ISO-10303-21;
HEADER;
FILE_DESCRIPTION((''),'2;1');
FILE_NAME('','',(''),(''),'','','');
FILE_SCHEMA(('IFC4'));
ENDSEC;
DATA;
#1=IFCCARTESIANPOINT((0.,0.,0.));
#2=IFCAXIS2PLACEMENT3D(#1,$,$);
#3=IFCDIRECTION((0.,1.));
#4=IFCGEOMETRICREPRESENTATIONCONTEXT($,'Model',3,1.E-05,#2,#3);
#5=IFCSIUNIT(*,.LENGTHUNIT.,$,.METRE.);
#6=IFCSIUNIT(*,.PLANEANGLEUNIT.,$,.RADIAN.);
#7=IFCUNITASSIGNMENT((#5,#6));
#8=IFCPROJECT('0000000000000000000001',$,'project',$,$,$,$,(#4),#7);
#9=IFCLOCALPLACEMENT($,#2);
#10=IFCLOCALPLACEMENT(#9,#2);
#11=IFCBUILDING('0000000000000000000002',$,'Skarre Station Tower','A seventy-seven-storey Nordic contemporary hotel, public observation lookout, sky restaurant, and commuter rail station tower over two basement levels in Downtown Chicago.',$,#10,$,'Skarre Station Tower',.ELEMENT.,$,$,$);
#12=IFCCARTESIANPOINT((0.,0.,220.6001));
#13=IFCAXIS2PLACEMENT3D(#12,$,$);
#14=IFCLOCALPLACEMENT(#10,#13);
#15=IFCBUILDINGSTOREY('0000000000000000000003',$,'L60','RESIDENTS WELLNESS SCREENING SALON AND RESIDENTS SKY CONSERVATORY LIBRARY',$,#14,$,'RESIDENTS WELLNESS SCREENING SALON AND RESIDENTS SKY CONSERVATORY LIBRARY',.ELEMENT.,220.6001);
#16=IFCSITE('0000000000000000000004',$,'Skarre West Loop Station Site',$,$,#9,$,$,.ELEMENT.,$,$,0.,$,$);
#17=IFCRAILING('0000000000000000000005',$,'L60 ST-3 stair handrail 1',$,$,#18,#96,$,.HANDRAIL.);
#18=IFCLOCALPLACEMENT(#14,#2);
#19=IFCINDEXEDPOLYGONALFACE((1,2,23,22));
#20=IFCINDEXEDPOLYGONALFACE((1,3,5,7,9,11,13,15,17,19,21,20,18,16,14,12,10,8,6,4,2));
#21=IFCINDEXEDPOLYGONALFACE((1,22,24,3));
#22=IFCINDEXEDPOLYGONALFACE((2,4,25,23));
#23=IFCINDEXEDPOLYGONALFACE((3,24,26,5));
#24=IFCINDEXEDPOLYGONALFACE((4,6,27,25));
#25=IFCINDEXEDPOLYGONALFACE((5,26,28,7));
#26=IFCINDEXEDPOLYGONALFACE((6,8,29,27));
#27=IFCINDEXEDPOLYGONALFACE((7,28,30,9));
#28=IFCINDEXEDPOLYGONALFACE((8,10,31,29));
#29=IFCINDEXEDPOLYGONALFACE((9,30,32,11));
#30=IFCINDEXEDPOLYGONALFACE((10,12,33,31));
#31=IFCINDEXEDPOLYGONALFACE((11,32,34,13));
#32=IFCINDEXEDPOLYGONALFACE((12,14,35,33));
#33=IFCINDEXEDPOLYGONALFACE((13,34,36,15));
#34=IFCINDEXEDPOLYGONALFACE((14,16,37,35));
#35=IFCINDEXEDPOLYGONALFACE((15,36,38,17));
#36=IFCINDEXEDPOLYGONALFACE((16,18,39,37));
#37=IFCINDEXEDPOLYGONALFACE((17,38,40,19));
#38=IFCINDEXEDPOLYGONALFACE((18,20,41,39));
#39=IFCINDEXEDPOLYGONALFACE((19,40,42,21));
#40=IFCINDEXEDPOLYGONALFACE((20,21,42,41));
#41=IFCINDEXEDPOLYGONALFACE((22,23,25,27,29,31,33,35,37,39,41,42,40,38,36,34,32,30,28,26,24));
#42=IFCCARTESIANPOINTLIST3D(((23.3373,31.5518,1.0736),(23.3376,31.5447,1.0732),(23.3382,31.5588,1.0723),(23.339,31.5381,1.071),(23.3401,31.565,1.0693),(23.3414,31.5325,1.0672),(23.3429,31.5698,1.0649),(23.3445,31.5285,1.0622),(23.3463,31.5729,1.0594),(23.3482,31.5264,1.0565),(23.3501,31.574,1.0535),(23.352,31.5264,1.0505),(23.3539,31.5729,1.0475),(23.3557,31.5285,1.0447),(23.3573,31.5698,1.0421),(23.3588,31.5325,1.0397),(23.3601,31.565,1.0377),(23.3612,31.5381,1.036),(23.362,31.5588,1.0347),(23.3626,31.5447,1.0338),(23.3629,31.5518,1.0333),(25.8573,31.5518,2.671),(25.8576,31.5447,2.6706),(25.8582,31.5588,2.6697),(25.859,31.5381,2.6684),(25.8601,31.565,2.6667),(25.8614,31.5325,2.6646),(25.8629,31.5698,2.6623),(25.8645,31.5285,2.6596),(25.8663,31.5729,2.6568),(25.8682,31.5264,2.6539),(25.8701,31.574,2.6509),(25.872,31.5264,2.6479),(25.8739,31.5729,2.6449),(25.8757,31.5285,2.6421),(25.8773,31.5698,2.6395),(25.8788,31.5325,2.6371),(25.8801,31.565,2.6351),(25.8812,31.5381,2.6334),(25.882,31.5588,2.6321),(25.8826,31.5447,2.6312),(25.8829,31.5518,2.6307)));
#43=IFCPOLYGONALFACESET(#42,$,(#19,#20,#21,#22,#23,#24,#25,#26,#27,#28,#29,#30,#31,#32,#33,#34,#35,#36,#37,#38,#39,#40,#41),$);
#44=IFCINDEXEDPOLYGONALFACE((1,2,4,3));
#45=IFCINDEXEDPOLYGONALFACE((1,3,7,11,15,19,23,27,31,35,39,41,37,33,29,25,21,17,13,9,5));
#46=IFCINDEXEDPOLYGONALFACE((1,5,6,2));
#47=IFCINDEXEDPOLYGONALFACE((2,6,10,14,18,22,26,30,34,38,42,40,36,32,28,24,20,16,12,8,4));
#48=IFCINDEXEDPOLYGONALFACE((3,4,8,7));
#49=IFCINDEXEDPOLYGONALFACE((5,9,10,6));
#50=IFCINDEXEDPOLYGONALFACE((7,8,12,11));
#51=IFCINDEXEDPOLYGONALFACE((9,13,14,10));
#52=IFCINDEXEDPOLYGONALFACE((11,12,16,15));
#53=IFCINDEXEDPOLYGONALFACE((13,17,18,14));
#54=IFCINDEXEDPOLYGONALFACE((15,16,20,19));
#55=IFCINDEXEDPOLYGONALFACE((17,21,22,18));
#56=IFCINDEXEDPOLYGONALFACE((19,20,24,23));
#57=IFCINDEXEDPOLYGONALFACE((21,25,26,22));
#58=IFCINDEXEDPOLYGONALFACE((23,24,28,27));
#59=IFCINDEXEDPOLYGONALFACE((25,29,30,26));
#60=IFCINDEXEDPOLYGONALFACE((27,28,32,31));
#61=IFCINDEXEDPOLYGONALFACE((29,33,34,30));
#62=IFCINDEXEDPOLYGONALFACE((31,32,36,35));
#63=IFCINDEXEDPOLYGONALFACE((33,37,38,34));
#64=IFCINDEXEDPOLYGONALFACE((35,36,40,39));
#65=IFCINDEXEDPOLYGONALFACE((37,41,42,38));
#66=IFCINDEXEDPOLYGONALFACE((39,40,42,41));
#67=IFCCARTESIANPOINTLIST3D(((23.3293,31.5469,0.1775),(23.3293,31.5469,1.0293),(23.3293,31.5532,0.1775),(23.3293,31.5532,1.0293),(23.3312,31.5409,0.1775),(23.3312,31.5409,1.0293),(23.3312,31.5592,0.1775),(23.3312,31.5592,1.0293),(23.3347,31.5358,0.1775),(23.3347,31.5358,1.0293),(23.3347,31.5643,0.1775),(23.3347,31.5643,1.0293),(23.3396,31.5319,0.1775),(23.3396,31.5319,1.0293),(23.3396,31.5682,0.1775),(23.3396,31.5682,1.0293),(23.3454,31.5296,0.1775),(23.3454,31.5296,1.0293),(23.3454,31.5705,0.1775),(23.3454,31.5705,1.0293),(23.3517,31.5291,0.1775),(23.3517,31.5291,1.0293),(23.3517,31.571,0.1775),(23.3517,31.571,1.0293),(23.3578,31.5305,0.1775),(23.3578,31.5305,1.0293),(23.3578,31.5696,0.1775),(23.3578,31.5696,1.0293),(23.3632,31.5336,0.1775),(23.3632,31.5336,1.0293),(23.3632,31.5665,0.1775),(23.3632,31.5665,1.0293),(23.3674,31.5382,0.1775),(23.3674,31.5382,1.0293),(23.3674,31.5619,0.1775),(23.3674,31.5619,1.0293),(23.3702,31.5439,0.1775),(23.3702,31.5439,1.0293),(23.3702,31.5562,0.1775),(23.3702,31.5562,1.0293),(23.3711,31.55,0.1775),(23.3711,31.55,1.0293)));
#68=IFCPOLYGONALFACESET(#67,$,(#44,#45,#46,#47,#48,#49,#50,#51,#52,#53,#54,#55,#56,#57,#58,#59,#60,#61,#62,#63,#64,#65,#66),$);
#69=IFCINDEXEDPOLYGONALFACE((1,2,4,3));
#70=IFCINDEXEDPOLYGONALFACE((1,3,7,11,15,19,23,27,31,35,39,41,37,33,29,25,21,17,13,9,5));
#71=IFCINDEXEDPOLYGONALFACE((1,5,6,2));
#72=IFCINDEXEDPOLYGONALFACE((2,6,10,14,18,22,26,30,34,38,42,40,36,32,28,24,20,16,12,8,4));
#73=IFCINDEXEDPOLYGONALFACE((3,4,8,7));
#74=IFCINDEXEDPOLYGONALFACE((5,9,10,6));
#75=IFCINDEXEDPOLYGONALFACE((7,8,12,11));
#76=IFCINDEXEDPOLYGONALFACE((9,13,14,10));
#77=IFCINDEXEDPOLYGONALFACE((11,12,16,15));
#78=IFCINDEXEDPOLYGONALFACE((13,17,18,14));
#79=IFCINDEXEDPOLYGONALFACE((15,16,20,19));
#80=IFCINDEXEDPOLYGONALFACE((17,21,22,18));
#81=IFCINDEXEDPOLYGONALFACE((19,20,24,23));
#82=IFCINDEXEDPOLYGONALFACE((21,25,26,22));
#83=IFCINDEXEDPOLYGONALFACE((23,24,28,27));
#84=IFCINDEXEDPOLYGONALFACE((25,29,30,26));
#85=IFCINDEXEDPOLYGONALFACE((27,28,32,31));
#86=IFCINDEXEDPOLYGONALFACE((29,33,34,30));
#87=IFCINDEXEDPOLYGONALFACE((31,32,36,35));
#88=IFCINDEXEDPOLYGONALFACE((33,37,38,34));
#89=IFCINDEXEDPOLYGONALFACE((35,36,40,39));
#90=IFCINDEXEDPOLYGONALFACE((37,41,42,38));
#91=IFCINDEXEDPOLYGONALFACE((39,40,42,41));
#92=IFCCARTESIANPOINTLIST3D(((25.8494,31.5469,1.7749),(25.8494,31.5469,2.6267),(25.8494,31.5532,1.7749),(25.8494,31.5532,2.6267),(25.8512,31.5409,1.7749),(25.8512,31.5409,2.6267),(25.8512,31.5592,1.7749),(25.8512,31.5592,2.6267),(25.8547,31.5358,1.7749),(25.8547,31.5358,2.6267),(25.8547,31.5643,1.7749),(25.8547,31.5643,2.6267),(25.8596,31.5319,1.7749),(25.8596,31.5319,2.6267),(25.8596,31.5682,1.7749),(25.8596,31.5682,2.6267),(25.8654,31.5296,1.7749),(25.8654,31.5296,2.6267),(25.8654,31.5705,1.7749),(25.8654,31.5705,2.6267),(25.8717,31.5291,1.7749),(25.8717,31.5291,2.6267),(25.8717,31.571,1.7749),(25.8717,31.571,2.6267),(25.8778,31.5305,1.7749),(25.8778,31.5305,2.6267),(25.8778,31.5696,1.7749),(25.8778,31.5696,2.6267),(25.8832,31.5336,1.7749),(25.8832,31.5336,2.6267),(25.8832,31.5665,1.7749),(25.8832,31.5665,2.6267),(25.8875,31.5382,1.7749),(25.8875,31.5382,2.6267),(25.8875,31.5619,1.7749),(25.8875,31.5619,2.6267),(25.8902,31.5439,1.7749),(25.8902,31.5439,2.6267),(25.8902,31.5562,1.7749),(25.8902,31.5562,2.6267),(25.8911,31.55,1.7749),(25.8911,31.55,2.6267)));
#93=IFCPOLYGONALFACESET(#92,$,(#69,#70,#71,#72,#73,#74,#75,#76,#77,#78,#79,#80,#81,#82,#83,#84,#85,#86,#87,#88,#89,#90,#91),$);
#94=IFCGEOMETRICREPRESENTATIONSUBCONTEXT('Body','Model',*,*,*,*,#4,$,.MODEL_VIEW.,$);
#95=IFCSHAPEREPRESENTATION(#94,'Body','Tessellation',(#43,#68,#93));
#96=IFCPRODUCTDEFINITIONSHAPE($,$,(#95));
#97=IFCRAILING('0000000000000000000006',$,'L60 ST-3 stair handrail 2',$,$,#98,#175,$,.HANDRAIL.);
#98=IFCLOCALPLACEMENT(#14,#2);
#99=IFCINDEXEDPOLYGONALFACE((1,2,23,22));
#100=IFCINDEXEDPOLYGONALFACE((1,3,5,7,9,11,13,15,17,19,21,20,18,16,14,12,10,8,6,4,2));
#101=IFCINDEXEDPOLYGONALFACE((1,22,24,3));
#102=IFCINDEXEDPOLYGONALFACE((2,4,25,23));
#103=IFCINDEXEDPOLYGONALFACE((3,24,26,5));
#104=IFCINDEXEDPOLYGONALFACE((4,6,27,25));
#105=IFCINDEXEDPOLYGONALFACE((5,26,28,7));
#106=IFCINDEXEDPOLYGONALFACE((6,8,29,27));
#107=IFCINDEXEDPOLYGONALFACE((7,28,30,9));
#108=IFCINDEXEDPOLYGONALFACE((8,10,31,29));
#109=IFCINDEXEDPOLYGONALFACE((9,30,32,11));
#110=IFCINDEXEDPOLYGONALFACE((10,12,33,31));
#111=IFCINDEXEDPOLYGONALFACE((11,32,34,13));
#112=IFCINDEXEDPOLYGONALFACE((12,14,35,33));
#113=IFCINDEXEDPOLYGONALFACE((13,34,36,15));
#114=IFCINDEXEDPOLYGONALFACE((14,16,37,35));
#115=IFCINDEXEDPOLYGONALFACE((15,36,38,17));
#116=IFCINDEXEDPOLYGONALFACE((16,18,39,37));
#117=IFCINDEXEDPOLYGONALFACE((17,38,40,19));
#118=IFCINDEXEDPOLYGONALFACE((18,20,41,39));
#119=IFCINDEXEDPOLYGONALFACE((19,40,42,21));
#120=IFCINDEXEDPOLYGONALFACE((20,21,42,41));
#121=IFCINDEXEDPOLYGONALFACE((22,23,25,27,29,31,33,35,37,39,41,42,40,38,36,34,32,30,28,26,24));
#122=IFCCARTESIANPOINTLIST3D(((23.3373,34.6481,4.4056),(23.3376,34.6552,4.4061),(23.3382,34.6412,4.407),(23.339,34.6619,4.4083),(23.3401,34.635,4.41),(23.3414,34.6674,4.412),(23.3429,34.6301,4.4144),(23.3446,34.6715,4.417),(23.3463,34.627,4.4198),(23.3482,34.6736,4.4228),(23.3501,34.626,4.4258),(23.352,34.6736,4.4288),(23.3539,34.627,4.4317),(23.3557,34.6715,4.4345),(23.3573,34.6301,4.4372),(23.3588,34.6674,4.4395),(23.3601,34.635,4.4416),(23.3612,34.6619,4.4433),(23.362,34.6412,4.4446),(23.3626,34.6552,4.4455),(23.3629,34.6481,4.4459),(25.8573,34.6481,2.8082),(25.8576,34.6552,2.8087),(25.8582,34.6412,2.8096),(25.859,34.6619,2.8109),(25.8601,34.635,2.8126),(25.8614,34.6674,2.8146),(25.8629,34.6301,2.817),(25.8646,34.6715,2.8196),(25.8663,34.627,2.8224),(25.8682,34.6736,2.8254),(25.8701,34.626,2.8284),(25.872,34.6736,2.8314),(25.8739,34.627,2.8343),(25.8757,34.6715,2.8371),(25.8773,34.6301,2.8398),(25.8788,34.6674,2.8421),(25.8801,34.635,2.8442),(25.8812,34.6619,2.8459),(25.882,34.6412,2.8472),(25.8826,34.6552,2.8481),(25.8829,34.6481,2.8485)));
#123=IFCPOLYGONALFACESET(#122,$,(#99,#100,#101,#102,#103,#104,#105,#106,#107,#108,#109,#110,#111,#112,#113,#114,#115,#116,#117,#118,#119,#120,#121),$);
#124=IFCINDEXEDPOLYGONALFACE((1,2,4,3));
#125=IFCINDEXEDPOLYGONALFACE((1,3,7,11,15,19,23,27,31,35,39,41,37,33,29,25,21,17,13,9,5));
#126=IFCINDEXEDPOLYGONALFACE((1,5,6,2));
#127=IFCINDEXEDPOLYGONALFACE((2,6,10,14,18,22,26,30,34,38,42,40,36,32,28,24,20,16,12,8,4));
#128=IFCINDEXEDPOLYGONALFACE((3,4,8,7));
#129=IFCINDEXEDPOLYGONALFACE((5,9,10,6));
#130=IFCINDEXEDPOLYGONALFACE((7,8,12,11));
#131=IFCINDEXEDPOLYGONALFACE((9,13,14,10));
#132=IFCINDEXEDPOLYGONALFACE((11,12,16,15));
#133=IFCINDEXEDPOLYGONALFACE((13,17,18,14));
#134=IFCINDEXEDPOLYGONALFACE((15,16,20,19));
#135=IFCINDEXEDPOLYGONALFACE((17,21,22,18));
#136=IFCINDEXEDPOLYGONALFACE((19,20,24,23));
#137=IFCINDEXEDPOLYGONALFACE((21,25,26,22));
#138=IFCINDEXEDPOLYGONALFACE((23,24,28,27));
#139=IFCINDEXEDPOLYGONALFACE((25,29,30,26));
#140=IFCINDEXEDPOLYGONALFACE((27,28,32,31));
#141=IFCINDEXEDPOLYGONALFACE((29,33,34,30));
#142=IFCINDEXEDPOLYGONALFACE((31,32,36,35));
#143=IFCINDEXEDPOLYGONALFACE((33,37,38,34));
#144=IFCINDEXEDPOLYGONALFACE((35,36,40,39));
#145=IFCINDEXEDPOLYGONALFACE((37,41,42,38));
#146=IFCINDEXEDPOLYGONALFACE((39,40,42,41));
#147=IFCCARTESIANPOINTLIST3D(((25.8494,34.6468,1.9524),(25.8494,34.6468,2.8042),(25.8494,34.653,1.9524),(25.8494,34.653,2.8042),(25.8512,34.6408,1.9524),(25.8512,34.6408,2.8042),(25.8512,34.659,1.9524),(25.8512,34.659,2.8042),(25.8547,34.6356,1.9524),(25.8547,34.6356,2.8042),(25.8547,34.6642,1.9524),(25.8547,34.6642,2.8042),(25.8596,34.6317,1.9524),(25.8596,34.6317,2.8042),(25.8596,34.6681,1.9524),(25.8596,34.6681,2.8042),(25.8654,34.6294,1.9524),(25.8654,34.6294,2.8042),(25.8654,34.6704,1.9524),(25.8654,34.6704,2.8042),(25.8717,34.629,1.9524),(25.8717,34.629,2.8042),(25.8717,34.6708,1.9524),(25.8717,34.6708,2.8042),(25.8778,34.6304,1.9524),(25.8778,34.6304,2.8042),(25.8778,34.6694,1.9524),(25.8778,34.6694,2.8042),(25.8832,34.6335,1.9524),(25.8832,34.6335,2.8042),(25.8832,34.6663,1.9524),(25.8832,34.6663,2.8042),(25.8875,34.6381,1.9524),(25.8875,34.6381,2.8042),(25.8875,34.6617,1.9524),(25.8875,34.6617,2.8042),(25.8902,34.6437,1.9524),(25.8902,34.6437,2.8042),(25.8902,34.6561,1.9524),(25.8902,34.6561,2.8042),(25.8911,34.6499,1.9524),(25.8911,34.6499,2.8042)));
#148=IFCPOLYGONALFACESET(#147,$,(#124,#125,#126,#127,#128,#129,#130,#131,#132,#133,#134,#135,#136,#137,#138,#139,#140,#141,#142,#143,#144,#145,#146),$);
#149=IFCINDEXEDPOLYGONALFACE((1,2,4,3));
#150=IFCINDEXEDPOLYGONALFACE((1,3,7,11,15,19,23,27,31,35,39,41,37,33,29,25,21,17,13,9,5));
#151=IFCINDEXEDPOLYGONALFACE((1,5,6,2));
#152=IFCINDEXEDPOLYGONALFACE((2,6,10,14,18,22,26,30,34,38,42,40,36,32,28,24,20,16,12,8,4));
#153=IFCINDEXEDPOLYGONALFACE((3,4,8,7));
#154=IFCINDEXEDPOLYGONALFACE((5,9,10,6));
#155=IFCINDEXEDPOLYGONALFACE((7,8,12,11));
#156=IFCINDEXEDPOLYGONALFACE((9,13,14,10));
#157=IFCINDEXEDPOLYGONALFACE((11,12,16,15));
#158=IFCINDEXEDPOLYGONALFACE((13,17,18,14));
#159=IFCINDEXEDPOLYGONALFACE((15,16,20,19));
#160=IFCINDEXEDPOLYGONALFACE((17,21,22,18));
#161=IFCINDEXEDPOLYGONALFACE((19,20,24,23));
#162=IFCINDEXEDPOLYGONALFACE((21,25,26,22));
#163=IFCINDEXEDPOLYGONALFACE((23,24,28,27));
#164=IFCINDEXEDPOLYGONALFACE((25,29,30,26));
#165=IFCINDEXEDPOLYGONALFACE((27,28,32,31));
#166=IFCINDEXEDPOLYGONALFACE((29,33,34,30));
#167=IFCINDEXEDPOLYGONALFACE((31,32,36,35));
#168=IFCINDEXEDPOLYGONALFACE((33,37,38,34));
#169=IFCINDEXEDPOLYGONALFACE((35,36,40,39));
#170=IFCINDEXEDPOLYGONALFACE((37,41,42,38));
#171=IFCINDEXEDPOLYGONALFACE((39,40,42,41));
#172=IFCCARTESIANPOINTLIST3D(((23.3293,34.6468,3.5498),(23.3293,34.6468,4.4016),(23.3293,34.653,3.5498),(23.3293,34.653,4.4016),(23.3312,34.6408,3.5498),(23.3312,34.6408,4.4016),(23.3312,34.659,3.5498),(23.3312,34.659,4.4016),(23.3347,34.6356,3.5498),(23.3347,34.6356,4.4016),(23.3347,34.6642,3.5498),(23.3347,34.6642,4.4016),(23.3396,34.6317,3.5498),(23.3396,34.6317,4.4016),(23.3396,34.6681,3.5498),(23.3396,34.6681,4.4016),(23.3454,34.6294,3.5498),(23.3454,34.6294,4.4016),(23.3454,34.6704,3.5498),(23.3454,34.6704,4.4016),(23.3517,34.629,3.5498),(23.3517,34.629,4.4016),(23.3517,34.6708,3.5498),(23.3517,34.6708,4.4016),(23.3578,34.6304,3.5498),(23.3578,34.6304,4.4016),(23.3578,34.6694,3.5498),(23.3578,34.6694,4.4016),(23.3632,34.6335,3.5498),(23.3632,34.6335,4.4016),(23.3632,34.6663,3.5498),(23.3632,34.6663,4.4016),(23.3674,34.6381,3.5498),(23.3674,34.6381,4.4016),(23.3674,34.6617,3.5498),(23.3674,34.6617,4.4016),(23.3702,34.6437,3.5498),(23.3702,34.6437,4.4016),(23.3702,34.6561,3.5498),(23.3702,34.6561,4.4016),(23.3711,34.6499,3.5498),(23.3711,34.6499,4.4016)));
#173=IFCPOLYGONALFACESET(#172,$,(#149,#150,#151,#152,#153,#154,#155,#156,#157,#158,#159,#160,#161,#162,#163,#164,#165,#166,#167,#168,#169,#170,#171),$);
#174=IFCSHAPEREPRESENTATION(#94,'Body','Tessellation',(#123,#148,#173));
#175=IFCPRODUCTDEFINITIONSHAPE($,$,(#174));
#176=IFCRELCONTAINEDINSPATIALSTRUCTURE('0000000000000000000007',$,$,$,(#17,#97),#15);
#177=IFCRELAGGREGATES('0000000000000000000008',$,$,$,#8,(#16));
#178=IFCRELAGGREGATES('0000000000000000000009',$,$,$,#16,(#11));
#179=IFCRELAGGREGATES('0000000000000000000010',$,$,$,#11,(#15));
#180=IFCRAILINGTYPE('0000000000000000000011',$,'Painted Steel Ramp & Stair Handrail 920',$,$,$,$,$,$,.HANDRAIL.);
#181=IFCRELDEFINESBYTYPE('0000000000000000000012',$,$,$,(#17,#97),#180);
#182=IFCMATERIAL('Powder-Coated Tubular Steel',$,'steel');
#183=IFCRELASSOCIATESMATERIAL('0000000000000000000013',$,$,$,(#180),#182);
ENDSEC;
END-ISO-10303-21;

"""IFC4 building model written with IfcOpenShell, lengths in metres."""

from ifc_helpers import new_model, si_unit, direction, frame, origin, origin_2d, place, context, subcontext, project, spatial, circle, extrude, material, type_object, element, save


model = new_model("IFC4")

# Units and contexts
model_context = context("Model", 3, precision=1e-05, world=origin(), true_north=direction((0.0, 1.0)))
body_context = subcontext(model_context, "Body", "Model", "MODEL_VIEW")
ifc_project = project(units=[si_unit("LENGTHUNIT", "METRE"), si_unit("PLANEANGLEUNIT", "RADIAN")], contexts=[model_context])

# Site, building, storey
site_placement = place(None, origin())
site = spatial("IfcSite", under=ifc_project, at=site_placement, Name="Skarre West Loop Station Site", CompositionType="ELEMENT", RefElevation=0.0)
building_placement = place(site_placement, origin())
building = spatial("IfcBuilding", under=site, at=building_placement, Name="Skarre Station Tower", Description="A seventy-seven-storey Nordic contemporary hotel, public observation lookout, sky restaurant, and commuter rail station tower over two basement levels in Downtown Chicago.", LongName="Skarre Station Tower", CompositionType="ELEMENT")
storey_placement = place(building_placement, frame((0.0, 0.0, 220.6001)))
storey = spatial("IfcBuildingStorey", under=building, at=storey_placement, Name="L60", Description="RESIDENTS WELLNESS SCREENING SALON AND RESIDENTS SKY CONSERVATORY LIBRARY", LongName="RESIDENTS WELLNESS SCREENING SALON AND RESIDENTS SKY CONSERVATORY LIBRARY", CompositionType="ELEMENT", Elevation=220.6001)

# Railings
ifc_material_1 = material(Name="Powder-Coated Tubular Steel", Category="steel")
railing_type_1 = type_object("IfcRailingType", Name="Painted Steel Ramp & Stair Handrail 920", PredefinedType="HANDRAIL", material=ifc_material_1)
railing_1_placement = place(storey_placement, frame((23.3501, 31.55, 0.1775)))
element("IfcRailing", 1, at=railing_1_placement, inside=storey, type_object=railing_type_1, Name="L60 ST-3 stair handrail 1", PredefinedType="HANDRAIL", context=body_context, shape_type="SweptSolid", body=[
    extrude(circle(Radius=0.0239, at=origin_2d()), frame((0.0, 0.0, 0.876), z_axis=(0.844607, 0.0, 0.535387), x_axis=(0.0, 1.0, 0.0)), (0.0, 0.0, 1.0), 2.9836),
    extrude(circle(Radius=0.021, at=origin_2d()), origin(), (0.0, 0.0, 1.0), 0.8518),
    extrude(circle(Radius=0.021, at=origin_2d()), frame((2.52, 0.0, 1.5974)), (0.0, 0.0, 1.0), 0.8518),
])
railing_2_placement = place(storey_placement, frame((25.8701, 34.6499, 1.9524)))
element("IfcRailing", 2, at=railing_2_placement, inside=storey, type_object=railing_type_1, Name="L60 ST-3 stair handrail 2", PredefinedType="HANDRAIL", context=body_context, shape_type="SweptSolid", body=[
    extrude(circle(Radius=0.0239, at=origin_2d()), frame((0.0, 0.0, 0.876), z_axis=(-0.844607, 0.0, 0.535387), x_axis=(0.0, -1.0, 0.0)), (0.0, 0.0, 1.0), 2.9836),
    extrude(circle(Radius=0.021, at=origin_2d()), origin(), (0.0, 0.0, 1.0), 0.8518),
    extrude(circle(Radius=0.021, at=origin_2d()), frame((-2.52, 0.0, 1.5974)), (0.0, 0.0, 1.0), 0.8518),
])

save(model, "model.ifc")
